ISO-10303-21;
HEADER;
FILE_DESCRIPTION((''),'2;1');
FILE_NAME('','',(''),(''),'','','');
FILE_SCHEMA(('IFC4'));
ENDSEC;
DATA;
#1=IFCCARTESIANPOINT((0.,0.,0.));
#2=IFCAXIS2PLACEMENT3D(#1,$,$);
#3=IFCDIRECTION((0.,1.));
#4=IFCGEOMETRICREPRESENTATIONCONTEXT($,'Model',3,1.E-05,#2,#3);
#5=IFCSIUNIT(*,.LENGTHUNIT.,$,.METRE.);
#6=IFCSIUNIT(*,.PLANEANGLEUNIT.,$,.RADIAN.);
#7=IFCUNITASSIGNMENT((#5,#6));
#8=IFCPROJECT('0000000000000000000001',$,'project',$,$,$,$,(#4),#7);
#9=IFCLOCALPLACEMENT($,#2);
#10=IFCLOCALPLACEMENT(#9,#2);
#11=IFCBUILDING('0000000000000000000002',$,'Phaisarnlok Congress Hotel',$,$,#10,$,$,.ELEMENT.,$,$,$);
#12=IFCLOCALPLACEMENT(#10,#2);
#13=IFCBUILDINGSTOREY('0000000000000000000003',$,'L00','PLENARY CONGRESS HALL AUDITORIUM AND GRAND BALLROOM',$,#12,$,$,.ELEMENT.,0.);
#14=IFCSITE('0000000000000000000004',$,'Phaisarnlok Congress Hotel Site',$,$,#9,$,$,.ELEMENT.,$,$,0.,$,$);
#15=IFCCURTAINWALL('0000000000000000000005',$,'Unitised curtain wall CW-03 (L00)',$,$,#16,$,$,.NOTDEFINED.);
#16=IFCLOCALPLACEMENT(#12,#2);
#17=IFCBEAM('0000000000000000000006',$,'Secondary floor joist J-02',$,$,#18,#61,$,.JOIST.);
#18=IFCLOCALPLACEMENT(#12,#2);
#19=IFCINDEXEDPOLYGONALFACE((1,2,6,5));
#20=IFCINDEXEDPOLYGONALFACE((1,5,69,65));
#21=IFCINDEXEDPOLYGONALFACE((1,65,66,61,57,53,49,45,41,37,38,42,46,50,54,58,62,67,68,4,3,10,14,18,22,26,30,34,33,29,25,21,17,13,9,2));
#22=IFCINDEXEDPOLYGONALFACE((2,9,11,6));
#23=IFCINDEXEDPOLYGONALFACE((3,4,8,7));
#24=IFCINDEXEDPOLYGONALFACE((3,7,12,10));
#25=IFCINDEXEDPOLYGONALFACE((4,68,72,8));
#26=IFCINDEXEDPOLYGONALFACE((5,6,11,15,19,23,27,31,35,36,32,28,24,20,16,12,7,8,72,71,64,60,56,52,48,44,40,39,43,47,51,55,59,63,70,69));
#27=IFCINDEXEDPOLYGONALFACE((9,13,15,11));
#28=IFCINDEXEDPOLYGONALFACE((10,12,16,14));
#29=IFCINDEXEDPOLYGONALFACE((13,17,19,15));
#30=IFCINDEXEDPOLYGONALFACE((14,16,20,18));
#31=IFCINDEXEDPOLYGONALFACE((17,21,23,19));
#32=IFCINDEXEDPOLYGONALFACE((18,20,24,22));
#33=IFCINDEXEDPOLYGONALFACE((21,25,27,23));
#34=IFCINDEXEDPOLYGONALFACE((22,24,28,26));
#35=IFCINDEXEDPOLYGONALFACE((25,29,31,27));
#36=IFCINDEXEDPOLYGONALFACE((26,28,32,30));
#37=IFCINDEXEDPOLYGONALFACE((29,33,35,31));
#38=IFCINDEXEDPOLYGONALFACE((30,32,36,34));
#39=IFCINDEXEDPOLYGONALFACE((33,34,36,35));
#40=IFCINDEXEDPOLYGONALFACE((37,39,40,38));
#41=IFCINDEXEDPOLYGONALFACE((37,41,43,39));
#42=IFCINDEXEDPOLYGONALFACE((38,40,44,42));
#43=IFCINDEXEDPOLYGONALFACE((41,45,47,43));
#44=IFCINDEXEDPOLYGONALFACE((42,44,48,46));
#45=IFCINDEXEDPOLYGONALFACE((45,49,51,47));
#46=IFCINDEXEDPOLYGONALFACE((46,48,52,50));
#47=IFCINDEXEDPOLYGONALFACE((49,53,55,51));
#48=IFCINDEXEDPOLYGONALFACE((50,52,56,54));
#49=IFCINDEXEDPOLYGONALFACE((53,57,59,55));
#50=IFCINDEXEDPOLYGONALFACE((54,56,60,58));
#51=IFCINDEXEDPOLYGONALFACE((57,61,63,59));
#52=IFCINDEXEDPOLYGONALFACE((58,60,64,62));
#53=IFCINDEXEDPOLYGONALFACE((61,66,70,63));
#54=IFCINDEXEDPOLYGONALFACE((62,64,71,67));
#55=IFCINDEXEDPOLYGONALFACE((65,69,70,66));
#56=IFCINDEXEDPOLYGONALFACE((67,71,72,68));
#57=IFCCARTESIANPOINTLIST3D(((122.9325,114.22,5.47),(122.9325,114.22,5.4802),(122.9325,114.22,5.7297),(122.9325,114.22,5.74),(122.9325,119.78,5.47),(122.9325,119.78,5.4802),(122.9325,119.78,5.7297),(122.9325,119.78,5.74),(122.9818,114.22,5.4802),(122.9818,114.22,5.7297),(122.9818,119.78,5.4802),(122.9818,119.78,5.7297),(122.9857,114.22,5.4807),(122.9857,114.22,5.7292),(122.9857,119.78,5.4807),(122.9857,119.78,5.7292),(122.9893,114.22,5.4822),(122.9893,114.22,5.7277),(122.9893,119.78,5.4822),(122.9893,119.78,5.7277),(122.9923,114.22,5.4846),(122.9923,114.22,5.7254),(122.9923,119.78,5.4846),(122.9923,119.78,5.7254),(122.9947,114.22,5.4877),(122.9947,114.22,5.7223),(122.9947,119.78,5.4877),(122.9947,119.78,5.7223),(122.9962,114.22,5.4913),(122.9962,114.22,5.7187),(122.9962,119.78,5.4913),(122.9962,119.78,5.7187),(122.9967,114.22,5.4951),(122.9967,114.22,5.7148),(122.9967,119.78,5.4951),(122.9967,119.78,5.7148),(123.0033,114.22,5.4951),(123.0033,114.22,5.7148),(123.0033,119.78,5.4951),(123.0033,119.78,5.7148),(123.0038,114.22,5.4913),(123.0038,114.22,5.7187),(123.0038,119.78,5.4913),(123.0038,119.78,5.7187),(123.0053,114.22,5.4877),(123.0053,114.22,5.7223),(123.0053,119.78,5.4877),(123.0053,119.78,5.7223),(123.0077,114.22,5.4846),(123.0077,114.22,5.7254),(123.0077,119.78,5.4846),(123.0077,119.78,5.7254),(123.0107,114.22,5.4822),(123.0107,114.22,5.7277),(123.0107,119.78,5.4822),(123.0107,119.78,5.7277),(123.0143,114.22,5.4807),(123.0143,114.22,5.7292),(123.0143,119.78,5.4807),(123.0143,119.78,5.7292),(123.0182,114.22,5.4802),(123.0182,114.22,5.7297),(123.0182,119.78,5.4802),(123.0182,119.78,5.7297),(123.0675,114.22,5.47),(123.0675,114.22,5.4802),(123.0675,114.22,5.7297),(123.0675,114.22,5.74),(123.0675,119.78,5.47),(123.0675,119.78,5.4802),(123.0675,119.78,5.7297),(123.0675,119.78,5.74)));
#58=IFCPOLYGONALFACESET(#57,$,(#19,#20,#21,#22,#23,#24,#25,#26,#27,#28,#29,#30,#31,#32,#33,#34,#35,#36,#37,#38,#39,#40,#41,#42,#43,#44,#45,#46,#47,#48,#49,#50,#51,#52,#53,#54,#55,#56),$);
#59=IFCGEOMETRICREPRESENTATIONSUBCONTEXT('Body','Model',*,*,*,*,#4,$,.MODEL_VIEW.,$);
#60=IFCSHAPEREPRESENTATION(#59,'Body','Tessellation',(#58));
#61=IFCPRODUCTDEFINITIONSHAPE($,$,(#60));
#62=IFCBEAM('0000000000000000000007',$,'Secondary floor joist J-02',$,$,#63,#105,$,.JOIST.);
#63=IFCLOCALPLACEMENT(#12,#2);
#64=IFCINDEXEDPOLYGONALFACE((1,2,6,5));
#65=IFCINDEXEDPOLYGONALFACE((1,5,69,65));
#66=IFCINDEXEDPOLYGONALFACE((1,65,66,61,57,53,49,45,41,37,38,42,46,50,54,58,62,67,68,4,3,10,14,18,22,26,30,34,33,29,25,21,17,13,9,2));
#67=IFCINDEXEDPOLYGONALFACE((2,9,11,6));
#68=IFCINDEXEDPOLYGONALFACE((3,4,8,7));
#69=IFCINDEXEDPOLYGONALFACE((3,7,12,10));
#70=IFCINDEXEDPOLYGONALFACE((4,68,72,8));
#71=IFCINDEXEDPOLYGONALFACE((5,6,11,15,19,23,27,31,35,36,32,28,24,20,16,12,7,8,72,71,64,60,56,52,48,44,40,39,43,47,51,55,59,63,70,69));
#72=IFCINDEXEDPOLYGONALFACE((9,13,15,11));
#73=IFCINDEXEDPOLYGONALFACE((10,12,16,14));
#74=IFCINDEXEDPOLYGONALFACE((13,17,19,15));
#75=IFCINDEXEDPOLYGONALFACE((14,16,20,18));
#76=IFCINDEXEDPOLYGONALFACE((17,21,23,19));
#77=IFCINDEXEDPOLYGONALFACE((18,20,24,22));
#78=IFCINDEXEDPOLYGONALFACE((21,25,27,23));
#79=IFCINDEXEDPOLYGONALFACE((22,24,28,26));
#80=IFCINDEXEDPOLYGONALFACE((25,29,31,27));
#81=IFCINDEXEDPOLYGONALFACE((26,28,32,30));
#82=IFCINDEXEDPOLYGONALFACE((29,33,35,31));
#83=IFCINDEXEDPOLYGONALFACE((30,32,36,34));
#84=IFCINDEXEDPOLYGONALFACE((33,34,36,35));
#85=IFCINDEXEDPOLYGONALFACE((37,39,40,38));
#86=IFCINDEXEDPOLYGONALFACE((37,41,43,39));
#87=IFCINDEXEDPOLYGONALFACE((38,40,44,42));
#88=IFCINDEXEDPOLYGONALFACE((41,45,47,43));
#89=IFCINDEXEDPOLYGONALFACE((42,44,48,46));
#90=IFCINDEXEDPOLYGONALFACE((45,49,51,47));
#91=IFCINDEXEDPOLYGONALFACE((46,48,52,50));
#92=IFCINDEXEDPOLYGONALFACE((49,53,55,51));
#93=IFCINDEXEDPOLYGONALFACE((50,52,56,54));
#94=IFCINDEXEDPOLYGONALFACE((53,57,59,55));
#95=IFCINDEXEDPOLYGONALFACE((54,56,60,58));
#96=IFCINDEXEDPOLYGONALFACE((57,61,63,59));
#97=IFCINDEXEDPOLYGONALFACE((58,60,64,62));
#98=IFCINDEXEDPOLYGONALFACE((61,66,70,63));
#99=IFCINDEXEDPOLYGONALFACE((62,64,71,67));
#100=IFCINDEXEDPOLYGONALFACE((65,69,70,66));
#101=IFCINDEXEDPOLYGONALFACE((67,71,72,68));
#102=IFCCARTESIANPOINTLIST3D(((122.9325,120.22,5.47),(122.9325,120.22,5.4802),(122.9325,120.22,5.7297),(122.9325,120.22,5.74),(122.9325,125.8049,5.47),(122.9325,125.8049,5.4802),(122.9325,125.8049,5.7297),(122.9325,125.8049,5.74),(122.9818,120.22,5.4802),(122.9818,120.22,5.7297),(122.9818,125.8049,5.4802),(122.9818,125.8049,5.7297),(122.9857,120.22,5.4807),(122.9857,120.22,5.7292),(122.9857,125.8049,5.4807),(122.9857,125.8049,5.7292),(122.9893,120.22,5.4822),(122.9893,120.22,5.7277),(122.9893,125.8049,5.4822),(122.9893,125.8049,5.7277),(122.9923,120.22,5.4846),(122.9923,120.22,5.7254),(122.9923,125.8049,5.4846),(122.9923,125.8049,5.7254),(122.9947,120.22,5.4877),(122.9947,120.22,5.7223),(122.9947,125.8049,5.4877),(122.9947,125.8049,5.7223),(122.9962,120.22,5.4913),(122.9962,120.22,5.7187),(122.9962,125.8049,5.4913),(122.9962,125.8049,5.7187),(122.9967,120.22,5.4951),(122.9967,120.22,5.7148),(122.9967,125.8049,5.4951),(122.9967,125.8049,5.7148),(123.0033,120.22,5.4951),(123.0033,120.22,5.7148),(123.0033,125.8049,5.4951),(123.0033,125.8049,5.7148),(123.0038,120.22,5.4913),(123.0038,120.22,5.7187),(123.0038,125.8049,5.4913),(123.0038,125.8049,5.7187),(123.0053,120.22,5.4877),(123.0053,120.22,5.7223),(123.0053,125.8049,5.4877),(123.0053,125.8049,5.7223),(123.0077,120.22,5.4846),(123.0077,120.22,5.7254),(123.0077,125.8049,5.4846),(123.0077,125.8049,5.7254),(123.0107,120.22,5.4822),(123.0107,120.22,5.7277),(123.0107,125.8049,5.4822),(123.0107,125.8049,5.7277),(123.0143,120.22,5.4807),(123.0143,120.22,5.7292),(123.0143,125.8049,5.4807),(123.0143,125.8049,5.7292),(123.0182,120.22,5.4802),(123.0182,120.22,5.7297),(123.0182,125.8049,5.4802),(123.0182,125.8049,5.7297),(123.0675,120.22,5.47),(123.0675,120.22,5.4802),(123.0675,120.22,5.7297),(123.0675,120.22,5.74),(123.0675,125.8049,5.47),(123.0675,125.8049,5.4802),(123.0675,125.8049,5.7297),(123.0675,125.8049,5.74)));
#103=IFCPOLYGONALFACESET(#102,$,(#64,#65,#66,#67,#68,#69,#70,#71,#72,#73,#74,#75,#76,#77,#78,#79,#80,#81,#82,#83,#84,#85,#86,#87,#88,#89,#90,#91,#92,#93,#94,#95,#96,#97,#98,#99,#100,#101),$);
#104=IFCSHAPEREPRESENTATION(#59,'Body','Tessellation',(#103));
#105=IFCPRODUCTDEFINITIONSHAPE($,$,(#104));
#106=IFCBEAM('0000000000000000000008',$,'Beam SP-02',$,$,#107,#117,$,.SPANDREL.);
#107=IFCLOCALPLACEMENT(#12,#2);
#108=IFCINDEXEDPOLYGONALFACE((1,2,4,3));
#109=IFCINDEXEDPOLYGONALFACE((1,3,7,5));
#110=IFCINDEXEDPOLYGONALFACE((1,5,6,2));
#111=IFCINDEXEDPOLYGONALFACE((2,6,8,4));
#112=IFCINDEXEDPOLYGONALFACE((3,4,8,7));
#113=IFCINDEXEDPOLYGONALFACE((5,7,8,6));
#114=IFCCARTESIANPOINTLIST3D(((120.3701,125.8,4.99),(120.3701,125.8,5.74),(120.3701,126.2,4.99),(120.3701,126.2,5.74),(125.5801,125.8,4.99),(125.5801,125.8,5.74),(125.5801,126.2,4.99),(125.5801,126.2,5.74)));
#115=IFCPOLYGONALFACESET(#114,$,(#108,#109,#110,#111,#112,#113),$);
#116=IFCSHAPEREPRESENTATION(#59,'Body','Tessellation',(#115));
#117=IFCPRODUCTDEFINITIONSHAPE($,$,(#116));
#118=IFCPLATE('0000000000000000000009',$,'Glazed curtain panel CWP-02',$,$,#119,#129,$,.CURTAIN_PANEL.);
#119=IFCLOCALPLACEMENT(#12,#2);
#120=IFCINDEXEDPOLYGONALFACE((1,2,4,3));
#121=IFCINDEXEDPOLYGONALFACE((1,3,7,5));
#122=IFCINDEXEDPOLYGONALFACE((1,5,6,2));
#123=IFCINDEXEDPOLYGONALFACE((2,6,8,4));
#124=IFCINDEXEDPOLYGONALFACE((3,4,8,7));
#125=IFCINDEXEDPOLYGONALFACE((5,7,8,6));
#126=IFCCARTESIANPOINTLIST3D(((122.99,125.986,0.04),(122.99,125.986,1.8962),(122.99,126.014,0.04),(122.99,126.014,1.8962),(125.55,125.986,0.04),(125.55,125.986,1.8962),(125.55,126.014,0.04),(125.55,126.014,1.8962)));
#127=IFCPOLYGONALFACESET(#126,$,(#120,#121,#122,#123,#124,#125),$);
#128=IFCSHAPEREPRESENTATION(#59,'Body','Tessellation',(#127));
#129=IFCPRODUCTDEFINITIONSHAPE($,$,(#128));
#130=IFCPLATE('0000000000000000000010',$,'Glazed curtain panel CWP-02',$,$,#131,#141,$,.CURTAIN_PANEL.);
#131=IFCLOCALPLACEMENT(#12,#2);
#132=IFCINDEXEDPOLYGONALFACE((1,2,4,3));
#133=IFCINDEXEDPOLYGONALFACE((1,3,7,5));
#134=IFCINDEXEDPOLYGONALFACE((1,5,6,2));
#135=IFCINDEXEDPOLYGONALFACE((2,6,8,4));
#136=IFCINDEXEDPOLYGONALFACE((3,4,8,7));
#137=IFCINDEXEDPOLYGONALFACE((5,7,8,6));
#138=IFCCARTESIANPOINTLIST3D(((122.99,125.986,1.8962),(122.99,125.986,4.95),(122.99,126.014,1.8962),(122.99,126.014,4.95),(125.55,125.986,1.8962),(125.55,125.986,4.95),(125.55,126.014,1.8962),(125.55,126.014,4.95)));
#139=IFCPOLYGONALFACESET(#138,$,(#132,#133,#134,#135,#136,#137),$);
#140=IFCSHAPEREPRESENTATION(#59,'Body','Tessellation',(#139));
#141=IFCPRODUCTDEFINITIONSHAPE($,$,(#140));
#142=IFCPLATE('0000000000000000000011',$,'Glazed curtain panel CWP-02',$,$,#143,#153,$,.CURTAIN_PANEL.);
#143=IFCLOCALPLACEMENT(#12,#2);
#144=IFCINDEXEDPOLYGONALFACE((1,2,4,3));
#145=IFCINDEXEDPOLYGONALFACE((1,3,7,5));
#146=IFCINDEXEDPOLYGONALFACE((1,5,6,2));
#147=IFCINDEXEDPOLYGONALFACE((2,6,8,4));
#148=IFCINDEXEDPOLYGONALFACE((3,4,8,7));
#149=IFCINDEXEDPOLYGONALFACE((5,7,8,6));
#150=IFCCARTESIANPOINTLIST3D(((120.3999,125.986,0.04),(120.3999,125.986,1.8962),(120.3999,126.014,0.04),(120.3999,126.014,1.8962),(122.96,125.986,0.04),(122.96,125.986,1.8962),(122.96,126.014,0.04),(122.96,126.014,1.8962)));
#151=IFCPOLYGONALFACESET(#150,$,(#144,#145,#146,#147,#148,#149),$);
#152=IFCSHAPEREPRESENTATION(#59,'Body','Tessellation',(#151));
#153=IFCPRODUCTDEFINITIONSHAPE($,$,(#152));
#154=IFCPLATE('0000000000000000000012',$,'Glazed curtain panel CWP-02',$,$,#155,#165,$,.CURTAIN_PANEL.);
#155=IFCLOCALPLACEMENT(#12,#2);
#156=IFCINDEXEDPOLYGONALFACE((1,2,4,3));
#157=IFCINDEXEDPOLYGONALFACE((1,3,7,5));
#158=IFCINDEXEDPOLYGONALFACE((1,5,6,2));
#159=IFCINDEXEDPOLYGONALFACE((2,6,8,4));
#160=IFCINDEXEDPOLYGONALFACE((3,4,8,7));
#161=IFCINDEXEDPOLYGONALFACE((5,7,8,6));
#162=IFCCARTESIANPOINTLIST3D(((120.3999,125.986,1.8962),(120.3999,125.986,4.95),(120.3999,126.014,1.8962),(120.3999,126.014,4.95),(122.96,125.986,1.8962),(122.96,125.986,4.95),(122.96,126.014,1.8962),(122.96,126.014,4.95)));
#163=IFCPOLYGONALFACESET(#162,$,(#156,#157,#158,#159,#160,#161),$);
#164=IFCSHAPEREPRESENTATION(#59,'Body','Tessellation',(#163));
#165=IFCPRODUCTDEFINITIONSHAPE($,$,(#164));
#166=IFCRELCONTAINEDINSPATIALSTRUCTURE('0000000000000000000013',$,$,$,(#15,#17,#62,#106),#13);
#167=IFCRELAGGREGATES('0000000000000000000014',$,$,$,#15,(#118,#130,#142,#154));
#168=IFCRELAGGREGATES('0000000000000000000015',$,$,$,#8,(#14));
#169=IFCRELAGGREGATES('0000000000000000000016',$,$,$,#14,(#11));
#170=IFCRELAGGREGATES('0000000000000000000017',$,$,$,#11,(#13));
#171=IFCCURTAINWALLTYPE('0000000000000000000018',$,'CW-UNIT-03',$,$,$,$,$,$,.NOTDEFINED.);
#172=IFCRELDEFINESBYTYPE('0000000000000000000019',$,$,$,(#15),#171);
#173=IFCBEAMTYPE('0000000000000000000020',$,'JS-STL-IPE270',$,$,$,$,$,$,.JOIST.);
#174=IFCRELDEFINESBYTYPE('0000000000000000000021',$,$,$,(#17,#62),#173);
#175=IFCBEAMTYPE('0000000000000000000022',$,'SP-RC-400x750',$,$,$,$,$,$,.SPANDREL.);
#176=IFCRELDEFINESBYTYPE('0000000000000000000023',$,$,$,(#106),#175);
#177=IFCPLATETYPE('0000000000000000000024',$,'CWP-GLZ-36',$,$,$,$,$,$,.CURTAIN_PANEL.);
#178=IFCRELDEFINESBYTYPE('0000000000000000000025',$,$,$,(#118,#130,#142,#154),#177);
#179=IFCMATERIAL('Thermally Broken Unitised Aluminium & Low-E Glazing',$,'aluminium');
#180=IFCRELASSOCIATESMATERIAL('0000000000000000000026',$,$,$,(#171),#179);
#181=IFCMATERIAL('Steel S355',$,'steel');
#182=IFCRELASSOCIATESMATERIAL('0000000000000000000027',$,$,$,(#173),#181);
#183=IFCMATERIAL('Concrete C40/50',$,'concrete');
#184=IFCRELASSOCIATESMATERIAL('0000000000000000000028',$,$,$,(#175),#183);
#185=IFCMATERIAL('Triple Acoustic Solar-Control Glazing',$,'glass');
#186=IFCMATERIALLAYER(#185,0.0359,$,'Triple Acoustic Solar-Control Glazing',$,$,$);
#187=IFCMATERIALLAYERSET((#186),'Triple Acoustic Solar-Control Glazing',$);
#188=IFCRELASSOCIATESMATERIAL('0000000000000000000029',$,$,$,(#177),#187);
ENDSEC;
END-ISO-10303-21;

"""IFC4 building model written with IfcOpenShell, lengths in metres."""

from ifc_helpers import new_model, si_unit, direction, frame, frame_2d, origin, origin_2d, place, context, subcontext, project, spatial, rectangle, i_section, extrude, material, layer, layer_set, material_profile, profile_set, type_object, element, aggregate, save


model = new_model("IFC4")

# Units and contexts
model_context = context("Model", 3, precision=1e-05, world=origin(), true_north=direction((0.0, 1.0)))
body_context = subcontext(model_context, "Body", "Model", "MODEL_VIEW")
ifc_project = project(units=[si_unit("LENGTHUNIT", "METRE"), si_unit("PLANEANGLEUNIT", "RADIAN")], contexts=[model_context])

# Site, building, storey
site_placement = place(None, origin())
site = spatial("IfcSite", under=ifc_project, at=site_placement, Name="Phaisarnlok Congress Hotel Site", CompositionType="ELEMENT", RefElevation=0.0)
building_placement = place(site_placement, origin())
building = spatial("IfcBuilding", under=site, at=building_placement, Name="Phaisarnlok Congress Hotel", CompositionType="ELEMENT")
storey_placement = place(building_placement, origin())
storey = spatial("IfcBuildingStorey", under=building, at=storey_placement, Name="L00", Description="PLENARY CONGRESS HALL AUDITORIUM AND GRAND BALLROOM", CompositionType="ELEMENT", Elevation=0.0)

# Shared definitions
ifc_material_1 = material(Name="Concrete C40/50", Category="concrete")

# Curtain wall
ifc_material_2 = material(Name="Thermally Broken Unitised Aluminium & Low-E Glazing", Category="aluminium")
curtain_wall_type = type_object("IfcCurtainWallType", Name="CW-UNIT-03", PredefinedType="NOTDEFINED", material=ifc_material_2)
curtain_wall_placement = place(storey_placement, origin())
curtain_wall = element("IfcCurtainWall", 1, at=curtain_wall_placement, inside=storey, type_object=curtain_wall_type, Name="Unitised curtain wall CW-03 (L00)", PredefinedType="NOTDEFINED")

# Beams
ifc_material_3 = material(Name="Steel S355", Category="steel")
ifc_material_profile_1 = material_profile(ifc_material_3, i_section(OverallWidth=0.135, OverallDepth=0.27, WebThickness=0.0066, FlangeThickness=0.0103, FilletRadius=0.0149, at=origin_2d()), Name="IPE 270")
ifc_profile_set_1 = profile_set([ifc_material_profile_1], Name="Steel S355")
beam_type_1 = type_object("IfcBeamType", Name="JS-STL-IPE270", PredefinedType="JOIST", material=ifc_profile_set_1)
beam_1_placement = place(storey_placement, frame((123.0, 114.22, 5.605), z_axis=(0.0, 1.0, 0.0), x_axis=(-1.0, 0.0, 0.0)))
element("IfcBeam", 2, at=beam_1_placement, inside=storey, type_object=beam_type_1, Name="Secondary floor joist J-02", PredefinedType="JOIST", context=body_context, shape_type="SweptSolid", body=[
    extrude(i_section(OverallWidth=0.135, OverallDepth=0.27, WebThickness=0.0066, FlangeThickness=0.0103, FilletRadius=0.0149, at=origin_2d()), origin(), (0.0, 0.0, 1.0), 5.5601),
])
beam_2_placement = place(storey_placement, frame((123.0, 120.22, 5.605), z_axis=(0.0, 1.0, 0.0), x_axis=(-1.0, 0.0, 0.0)))
element("IfcBeam", 3, at=beam_2_placement, inside=storey, type_object=beam_type_1, Name="Secondary floor joist J-02", PredefinedType="JOIST", context=body_context, shape_type="SweptSolid", body=[
    extrude(i_section(OverallWidth=0.135, OverallDepth=0.27, WebThickness=0.0066, FlangeThickness=0.0103, FilletRadius=0.0149, at=origin_2d()), origin(), (0.0, 0.0, 1.0), 5.585),
])
ifc_material_profile_2 = material_profile(ifc_material_1, rectangle(XDim=0.3999, YDim=0.75, at=origin_2d()), Name="RC 400x750")
ifc_profile_set_2 = profile_set([ifc_material_profile_2], Name="Concrete C40/50")
beam_type_2 = type_object("IfcBeamType", Name="SP-RC-400x750", PredefinedType="SPANDREL", material=ifc_profile_set_2)
beam_3_placement = place(storey_placement, frame((120.3701, 126.0, 5.365), z_axis=(1.0, 0.0, 0.0), x_axis=(0.0, 1.0, 0.0)))
element("IfcBeam", 4, at=beam_3_placement, inside=storey, type_object=beam_type_2, Name="Beam SP-02", PredefinedType="SPANDREL", context=body_context, shape_type="SweptSolid", body=[
    extrude(rectangle(XDim=0.3999, YDim=0.75, at=origin_2d()), origin(), (0.0, 0.0, 1.0), 5.21),
])

# Plates
ifc_material_4 = material(Name="Triple Acoustic Solar-Control Glazing", Category="glass")
ifc_layer_1 = layer(ifc_material_4, 0.0359, Name="Triple Acoustic Solar-Control Glazing")
ifc_layer_set_1 = layer_set([ifc_layer_1], Name="Triple Acoustic Solar-Control Glazing")
plate_type = type_object("IfcPlateType", Name="CWP-GLZ-36", PredefinedType="CURTAIN_PANEL", material=ifc_layer_set_1)
plate_1_placement = place(storey_placement, frame((125.55, 126.0, 0.04), z_axis=(0.0, 0.0, 1.0), x_axis=(-1.0, 0.0, 0.0)))
plate_1 = element("IfcPlate", 5, at=plate_1_placement, type_object=plate_type, Name="Glazed curtain panel CWP-02", PredefinedType="CURTAIN_PANEL", context=body_context, shape_type="SweptSolid", body=[
    extrude(rectangle(XDim=2.5601, YDim=0.0281, at=frame_2d((1.28, 0.0))), origin(), (0.0, 0.0, 1.0), 1.8562),
])
plate_2_placement = place(storey_placement, frame((125.55, 126.0, 1.8962), z_axis=(0.0, 0.0, 1.0), x_axis=(-1.0, 0.0, 0.0)))
plate_2 = element("IfcPlate", 6, at=plate_2_placement, type_object=plate_type, Name="Glazed curtain panel CWP-02", PredefinedType="CURTAIN_PANEL", context=body_context, shape_type="SweptSolid", body=[
    extrude(rectangle(XDim=2.5601, YDim=0.0281, at=frame_2d((1.28, 0.0))), origin(), (0.0, 0.0, 1.0), 3.0537),
])
plate_3_placement = place(storey_placement, frame((122.96, 126.0, 0.04), z_axis=(0.0, 0.0, 1.0), x_axis=(-1.0, 0.0, 0.0)))
plate_3 = element("IfcPlate", 7, at=plate_3_placement, type_object=plate_type, Name="Glazed curtain panel CWP-02", PredefinedType="CURTAIN_PANEL", context=body_context, shape_type="SweptSolid", body=[
    extrude(rectangle(XDim=2.5601, YDim=0.0281, at=frame_2d((1.28, 0.0))), origin(), (0.0, 0.0, 1.0), 1.8562),
])
plate_4_placement = place(storey_placement, frame((122.96, 126.0, 1.8962), z_axis=(0.0, 0.0, 1.0), x_axis=(-1.0, 0.0, 0.0)))
plate_4 = element("IfcPlate", 8, at=plate_4_placement, type_object=plate_type, Name="Glazed curtain panel CWP-02", PredefinedType="CURTAIN_PANEL", context=body_context, shape_type="SweptSolid", body=[
    extrude(rectangle(XDim=2.5601, YDim=0.0281, at=frame_2d((1.28, 0.0))), origin(), (0.0, 0.0, 1.0), 3.0537),
])
aggregate(curtain_wall, [plate_1, plate_2, plate_3, plate_4])

save(model, "model.ifc")
